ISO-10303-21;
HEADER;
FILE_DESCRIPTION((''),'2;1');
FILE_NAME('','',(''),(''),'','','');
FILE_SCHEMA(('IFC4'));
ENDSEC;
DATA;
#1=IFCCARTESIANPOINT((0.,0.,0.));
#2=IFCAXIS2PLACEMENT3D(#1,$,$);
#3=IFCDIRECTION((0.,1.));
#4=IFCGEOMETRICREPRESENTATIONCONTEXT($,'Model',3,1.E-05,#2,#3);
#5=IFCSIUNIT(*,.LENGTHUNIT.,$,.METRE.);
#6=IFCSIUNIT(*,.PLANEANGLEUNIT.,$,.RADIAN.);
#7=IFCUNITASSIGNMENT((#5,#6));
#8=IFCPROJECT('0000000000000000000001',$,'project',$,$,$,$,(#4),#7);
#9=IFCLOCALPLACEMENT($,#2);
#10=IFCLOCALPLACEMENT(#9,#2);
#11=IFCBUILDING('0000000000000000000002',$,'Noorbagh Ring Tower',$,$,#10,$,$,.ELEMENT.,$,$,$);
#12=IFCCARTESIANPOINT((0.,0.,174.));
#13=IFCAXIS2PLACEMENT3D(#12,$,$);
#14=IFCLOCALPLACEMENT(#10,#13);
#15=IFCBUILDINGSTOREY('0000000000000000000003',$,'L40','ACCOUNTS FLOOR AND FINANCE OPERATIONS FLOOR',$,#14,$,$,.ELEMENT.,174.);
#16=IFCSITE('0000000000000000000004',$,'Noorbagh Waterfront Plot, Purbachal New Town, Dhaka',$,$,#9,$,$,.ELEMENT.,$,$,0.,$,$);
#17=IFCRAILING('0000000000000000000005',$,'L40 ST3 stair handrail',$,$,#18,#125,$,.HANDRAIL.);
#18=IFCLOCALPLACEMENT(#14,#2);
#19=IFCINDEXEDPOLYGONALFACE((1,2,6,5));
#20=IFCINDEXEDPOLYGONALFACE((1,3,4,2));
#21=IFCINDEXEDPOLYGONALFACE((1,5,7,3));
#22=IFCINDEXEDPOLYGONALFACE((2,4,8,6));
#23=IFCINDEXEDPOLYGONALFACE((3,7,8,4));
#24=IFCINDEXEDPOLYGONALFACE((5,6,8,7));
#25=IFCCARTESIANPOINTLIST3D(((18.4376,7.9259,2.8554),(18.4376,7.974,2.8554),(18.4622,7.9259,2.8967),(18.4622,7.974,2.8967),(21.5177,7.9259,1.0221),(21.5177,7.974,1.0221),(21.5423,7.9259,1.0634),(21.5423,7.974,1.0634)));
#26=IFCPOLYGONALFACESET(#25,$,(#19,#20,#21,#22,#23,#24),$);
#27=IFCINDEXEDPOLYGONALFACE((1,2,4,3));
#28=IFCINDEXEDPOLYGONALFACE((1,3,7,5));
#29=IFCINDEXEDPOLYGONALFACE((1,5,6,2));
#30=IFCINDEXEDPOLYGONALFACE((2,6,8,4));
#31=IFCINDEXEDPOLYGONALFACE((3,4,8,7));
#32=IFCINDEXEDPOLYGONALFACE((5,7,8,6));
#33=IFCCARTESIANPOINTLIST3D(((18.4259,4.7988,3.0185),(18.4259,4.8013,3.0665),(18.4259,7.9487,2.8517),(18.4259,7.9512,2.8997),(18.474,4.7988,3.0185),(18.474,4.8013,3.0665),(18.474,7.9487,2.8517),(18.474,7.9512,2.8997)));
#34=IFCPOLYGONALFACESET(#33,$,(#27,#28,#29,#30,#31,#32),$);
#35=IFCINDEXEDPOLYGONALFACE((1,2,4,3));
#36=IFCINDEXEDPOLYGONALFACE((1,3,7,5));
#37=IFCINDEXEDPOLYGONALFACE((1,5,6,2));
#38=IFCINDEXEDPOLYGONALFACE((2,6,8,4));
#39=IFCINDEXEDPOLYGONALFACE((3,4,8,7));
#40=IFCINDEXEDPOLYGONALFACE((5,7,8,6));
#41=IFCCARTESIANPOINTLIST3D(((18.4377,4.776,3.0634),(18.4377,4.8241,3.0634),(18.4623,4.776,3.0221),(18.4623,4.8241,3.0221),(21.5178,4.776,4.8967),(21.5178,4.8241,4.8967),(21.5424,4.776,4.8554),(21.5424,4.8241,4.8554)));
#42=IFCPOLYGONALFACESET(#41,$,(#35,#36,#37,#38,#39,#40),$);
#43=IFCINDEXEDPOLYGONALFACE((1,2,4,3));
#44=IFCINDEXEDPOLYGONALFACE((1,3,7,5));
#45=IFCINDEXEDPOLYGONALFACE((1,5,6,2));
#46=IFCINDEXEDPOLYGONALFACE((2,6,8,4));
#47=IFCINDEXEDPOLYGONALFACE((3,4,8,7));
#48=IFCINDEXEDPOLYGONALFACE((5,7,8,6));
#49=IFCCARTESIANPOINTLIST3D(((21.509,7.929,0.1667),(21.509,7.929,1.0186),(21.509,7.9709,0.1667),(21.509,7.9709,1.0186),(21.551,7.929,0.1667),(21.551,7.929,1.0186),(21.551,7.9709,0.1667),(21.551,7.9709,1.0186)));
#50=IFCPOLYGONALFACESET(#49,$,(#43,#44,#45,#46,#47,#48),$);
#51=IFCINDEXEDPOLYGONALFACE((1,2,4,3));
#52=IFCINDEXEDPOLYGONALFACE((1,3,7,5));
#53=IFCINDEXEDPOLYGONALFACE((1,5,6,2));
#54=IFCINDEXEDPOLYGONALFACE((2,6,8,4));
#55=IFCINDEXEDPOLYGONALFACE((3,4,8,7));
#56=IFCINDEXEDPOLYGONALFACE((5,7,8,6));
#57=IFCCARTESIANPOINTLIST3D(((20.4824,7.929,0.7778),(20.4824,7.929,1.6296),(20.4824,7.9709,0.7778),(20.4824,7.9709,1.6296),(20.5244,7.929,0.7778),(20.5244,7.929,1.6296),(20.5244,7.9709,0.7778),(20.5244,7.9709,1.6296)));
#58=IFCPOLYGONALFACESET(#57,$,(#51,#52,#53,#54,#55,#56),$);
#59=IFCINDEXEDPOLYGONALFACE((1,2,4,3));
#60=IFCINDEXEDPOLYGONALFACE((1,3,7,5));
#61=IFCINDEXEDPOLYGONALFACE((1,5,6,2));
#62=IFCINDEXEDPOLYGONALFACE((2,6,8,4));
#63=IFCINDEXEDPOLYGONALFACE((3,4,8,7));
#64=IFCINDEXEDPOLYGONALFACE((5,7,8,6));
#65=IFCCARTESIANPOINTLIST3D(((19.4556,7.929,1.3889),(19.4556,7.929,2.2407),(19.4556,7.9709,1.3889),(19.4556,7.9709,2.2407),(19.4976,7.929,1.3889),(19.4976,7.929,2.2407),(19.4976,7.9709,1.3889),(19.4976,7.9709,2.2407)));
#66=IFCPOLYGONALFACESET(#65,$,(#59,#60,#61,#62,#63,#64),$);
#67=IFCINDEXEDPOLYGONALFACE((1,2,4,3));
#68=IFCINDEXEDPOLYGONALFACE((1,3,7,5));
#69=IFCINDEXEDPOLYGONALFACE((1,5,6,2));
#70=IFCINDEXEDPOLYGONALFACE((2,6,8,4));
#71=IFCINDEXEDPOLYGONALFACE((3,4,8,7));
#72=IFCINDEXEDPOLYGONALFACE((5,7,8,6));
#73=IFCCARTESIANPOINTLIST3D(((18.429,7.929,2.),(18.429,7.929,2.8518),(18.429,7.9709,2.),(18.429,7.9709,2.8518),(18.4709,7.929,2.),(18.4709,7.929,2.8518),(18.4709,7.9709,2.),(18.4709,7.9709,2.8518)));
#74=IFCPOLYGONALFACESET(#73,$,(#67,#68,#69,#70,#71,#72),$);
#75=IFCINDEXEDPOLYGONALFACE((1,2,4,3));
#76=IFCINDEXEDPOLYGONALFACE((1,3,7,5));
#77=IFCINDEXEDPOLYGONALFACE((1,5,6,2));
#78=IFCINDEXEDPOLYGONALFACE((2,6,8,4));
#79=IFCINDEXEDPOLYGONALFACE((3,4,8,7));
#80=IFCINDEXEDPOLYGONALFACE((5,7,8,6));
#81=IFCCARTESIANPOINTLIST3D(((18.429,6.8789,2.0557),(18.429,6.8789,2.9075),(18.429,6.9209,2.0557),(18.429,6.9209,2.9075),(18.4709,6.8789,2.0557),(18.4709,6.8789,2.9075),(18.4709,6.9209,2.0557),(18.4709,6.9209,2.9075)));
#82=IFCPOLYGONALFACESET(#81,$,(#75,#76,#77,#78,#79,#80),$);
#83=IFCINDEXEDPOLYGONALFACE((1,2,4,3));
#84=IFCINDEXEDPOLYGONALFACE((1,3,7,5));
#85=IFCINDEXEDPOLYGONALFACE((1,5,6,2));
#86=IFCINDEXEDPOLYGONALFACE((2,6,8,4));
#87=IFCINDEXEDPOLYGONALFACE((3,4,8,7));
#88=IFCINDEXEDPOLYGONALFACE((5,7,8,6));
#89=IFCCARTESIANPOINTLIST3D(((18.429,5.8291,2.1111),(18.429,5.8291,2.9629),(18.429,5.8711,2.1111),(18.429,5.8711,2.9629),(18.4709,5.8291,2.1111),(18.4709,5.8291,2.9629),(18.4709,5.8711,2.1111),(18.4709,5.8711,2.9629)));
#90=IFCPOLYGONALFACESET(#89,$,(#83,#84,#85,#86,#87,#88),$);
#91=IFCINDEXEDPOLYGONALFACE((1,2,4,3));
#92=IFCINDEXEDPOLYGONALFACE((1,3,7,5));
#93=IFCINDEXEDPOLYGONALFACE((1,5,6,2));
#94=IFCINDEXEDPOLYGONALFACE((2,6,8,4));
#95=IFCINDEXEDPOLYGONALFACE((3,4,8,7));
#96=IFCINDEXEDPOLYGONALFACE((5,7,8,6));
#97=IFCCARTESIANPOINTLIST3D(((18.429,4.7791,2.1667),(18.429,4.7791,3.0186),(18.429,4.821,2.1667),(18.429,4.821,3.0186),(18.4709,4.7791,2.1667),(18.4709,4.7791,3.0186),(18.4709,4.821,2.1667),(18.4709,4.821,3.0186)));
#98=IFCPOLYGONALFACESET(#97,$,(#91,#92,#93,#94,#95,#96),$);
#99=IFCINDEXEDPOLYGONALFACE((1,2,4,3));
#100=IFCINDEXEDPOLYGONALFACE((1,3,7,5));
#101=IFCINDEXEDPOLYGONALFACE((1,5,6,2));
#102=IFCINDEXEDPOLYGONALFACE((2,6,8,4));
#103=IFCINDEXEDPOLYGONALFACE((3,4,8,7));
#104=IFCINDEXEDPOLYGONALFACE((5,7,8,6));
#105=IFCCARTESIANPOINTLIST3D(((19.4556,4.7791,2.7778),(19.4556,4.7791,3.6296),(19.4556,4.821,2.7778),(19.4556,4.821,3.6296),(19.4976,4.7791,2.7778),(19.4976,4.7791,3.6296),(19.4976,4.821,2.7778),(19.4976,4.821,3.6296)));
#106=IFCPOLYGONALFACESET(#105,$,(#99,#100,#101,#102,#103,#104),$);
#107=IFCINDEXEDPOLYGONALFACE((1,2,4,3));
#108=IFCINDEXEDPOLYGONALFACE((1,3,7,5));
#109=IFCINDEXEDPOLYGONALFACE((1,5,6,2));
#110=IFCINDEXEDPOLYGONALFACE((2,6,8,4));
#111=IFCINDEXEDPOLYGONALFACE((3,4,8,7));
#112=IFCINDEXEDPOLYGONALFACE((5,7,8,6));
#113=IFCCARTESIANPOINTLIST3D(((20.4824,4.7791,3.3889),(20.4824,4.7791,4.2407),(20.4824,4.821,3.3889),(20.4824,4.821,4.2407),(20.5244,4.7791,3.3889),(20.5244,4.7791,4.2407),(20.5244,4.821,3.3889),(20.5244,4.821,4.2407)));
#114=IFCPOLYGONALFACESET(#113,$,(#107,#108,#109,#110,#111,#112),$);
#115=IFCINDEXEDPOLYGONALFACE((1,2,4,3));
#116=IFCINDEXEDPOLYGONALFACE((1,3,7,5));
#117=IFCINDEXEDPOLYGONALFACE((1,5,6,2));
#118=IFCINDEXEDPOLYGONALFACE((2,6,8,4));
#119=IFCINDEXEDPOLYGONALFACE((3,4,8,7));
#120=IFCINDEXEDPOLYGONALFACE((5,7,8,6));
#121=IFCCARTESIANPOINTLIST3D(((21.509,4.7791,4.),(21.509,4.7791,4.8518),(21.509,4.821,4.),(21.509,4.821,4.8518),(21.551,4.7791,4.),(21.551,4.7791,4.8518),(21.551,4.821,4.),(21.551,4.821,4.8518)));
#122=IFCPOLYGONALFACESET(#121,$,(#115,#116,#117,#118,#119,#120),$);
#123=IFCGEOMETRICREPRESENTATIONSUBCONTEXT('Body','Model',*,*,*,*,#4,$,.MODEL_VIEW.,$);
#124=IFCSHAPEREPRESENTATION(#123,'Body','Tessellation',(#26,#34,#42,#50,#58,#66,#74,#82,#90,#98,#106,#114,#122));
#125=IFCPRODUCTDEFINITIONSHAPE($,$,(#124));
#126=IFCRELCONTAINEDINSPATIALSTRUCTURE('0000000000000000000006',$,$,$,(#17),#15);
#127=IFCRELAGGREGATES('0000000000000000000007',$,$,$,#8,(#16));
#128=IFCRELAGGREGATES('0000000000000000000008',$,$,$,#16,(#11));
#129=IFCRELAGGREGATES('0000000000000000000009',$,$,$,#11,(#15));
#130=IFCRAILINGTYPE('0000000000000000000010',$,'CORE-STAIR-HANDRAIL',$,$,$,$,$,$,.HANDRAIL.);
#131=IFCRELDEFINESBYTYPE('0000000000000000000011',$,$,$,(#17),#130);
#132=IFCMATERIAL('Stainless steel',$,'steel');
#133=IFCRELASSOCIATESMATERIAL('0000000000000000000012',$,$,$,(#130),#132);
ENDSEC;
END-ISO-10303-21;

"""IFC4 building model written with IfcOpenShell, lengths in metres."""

from ifc_helpers import new_model, si_unit, direction, frame, origin, origin_2d, place, context, subcontext, project, spatial, rectangle, extrude, material, type_object, element, save


model = new_model("IFC4")

# Units and contexts
model_context = context("Model", 3, precision=1e-05, world=origin(), true_north=direction((0.0, 1.0)))
body_context = subcontext(model_context, "Body", "Model", "MODEL_VIEW")
ifc_project = project(units=[si_unit("LENGTHUNIT", "METRE"), si_unit("PLANEANGLEUNIT", "RADIAN")], contexts=[model_context])

# Site, building, storey
site_placement = place(None, origin())
site = spatial("IfcSite", under=ifc_project, at=site_placement, Name="Noorbagh Waterfront Plot, Purbachal New Town, Dhaka", CompositionType="ELEMENT", RefElevation=0.0)
building_placement = place(site_placement, origin())
building = spatial("IfcBuilding", under=site, at=building_placement, Name="Noorbagh Ring Tower", CompositionType="ELEMENT")
storey_placement = place(building_placement, frame((0.0, 0.0, 174.0)))
storey = spatial("IfcBuildingStorey", under=building, at=storey_placement, Name="L40", Description="ACCOUNTS FLOOR AND FINANCE OPERATIONS FLOOR", CompositionType="ELEMENT", Elevation=174.0)

# Railing
ifc_material_1 = material(Name="Stainless steel", Category="steel")
railing_type_1 = type_object("IfcRailingType", Name="CORE-STAIR-HANDRAIL", PredefinedType="HANDRAIL", material=ifc_material_1)
railing_1_placement = place(storey_placement, frame((21.53, 7.95, 0.1667)))
element("IfcRailing", 1, at=railing_1_placement, inside=storey, type_object=railing_type_1, Name="L40 ST3 stair handrail", PredefinedType="HANDRAIL", context=body_context, shape_type="SweptSolid", body=[
    extrude(rectangle(XDim=0.0481, YDim=0.0481, at=origin_2d()), frame((0.0, 0.0, 0.876), z_axis=(-0.859309, 0.0, 0.511458), x_axis=(0.0, -1.0, 0.0)), (0.0, 0.0, 1.0), 3.5845),
    extrude(rectangle(XDim=0.0481, YDim=0.0481, at=origin_2d()), frame((-3.0801, 0.0, 2.709), z_axis=(0.0, -0.998602, 0.052864), x_axis=(1.0, 0.0, 0.0)), (0.0, 0.0, 1.0), 3.1543),
    extrude(rectangle(XDim=0.0481, YDim=0.0481, at=origin_2d()), frame((-3.0801, -3.1499, 2.876), z_axis=(0.859309, 0.0, 0.511458), x_axis=(0.0, 1.0, 0.0)), (0.0, 0.0, 1.0), 3.5845),
    extrude(rectangle(XDim=0.042, YDim=0.042, at=origin_2d()), origin(), (0.0, 0.0, 1.0), 0.8518),
    extrude(rectangle(XDim=0.042, YDim=0.042, at=origin_2d()), frame((-1.0266, 0.0, 0.6111)), (0.0, 0.0, 1.0), 0.8518),
    extrude(rectangle(XDim=0.042, YDim=0.042, at=origin_2d()), frame((-2.0535, 0.0, 1.2222)), (0.0, 0.0, 1.0), 0.8518),
    extrude(rectangle(XDim=0.042, YDim=0.042, at=origin_2d()), frame((-3.0801, 0.0, 1.8333)), (0.0, 0.0, 1.0), 0.8518),
    extrude(rectangle(XDim=0.042, YDim=0.042, at=origin_2d()), frame((-3.0801, -1.05, 1.8889)), (0.0, 0.0, 1.0), 0.8518),
    extrude(rectangle(XDim=0.042, YDim=0.042, at=origin_2d()), frame((-3.0801, -2.0999, 1.9443)), (0.0, 0.0, 1.0), 0.8518),
    extrude(rectangle(XDim=0.042, YDim=0.042, at=origin_2d()), frame((-3.0801, -3.1499, 2.0)), (0.0, 0.0, 1.0), 0.8518),
    extrude(rectangle(XDim=0.042, YDim=0.042, at=origin_2d()), frame((-2.0535, -3.1499, 2.6111)), (0.0, 0.0, 1.0), 0.8518),
    extrude(rectangle(XDim=0.042, YDim=0.042, at=origin_2d()), frame((-1.0266, -3.1499, 3.2222)), (0.0, 0.0, 1.0), 0.8518),
    extrude(rectangle(XDim=0.042, YDim=0.042, at=origin_2d()), frame((0.0, -3.1499, 3.8333)), (0.0, 0.0, 1.0), 0.8518),
])

save(model, "model.ifc")
